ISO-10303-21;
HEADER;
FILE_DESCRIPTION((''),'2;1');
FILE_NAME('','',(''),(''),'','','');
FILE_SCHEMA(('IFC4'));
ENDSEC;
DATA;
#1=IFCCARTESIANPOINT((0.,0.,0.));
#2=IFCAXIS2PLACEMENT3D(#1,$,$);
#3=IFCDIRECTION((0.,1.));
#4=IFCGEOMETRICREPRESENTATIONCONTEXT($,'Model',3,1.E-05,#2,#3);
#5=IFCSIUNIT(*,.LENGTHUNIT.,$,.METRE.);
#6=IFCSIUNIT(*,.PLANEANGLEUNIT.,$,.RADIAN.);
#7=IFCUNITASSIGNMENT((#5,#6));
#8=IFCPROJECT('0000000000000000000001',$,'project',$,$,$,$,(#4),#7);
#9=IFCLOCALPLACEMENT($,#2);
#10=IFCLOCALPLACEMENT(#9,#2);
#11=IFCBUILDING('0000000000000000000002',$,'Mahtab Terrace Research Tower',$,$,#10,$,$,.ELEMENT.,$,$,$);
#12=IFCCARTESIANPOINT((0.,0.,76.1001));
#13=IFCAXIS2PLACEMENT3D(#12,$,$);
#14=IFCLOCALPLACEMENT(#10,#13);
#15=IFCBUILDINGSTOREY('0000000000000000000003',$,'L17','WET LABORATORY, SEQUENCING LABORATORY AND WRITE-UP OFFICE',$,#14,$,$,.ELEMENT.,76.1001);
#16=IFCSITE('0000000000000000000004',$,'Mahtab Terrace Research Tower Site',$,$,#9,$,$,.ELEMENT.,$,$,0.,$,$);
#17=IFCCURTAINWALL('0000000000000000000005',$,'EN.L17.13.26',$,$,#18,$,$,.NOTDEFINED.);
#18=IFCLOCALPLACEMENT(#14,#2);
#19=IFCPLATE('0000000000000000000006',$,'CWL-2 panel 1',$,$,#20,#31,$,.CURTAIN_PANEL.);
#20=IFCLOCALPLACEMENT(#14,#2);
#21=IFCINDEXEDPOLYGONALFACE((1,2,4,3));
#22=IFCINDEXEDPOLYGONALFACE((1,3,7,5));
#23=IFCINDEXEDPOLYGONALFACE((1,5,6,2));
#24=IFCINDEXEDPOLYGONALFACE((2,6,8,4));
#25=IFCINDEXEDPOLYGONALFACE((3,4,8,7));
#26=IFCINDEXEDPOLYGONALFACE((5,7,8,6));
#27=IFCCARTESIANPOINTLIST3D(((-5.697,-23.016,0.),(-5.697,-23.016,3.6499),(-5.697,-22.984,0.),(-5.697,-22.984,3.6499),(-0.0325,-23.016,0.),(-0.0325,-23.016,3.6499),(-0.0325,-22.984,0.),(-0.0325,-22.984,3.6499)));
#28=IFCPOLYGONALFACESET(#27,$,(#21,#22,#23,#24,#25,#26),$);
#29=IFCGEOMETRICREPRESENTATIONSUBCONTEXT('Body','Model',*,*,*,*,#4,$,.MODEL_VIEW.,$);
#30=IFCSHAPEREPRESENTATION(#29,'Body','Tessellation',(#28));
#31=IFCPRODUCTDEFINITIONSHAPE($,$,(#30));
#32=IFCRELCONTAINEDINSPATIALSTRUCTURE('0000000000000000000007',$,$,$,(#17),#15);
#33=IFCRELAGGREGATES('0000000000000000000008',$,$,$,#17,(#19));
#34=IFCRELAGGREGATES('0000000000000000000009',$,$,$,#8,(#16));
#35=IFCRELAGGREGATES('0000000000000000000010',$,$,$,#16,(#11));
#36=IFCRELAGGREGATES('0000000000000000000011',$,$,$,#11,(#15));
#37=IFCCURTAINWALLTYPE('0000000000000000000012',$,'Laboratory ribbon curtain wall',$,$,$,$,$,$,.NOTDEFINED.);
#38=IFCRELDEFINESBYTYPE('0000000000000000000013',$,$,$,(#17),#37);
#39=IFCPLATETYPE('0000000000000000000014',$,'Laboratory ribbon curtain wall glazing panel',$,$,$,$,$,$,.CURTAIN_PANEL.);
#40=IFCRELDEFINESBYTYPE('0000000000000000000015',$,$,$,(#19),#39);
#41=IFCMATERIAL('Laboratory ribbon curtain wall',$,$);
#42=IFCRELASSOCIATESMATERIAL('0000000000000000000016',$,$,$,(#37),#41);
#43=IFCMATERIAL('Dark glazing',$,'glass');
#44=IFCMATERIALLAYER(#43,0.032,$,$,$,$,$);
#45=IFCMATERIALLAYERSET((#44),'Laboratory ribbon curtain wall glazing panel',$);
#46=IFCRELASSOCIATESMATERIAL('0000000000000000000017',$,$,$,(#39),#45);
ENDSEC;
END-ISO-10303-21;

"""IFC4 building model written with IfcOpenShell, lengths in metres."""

from ifc_helpers import new_model, si_unit, direction, frame, origin, origin_2d, place, context, subcontext, project, spatial, rectangle, extrude, material, layer, layer_set, type_object, element, aggregate, save


model = new_model("IFC4")

# Units and contexts
model_context = context("Model", 3, precision=1e-05, world=origin(), true_north=direction((0.0, 1.0)))
body_context = subcontext(model_context, "Body", "Model", "MODEL_VIEW")
ifc_project = project(units=[si_unit("LENGTHUNIT", "METRE"), si_unit("PLANEANGLEUNIT", "RADIAN")], contexts=[model_context])

# Site, building, storey
site_placement = place(None, origin())
site = spatial("IfcSite", under=ifc_project, at=site_placement, Name="Mahtab Terrace Research Tower Site", CompositionType="ELEMENT", RefElevation=0.0)
building_placement = place(site_placement, origin())
building = spatial("IfcBuilding", under=site, at=building_placement, Name="Mahtab Terrace Research Tower", CompositionType="ELEMENT")
storey_placement = place(building_placement, frame((0.0, 0.0, 76.1001)))
storey = spatial("IfcBuildingStorey", under=building, at=storey_placement, Name="L17", Description="WET LABORATORY, SEQUENCING LABORATORY AND WRITE-UP OFFICE", CompositionType="ELEMENT", Elevation=76.1001)

# Shared definitions
ifc_material_1 = material(Name="Laboratory ribbon curtain wall")
curtain_wall_type = type_object("IfcCurtainWallType", Name="Laboratory ribbon curtain wall", PredefinedType="NOTDEFINED", material=ifc_material_1)

# Curtain wall
curtain_wall_1_placement = place(storey_placement, origin())
curtain_wall_1 = element("IfcCurtainWall", 1, at=curtain_wall_1_placement, inside=storey, type_object=curtain_wall_type, Name="EN.L17.13.26", PredefinedType="NOTDEFINED")

# Plate
ifc_material_2 = material(Name="Dark glazing", Category="glass")
ifc_layer = layer(ifc_material_2, 0.032)
ifc_layer_set = layer_set([ifc_layer], Name="Laboratory ribbon curtain wall glazing panel")
plate_type = type_object("IfcPlateType", Name="Laboratory ribbon curtain wall glazing panel", PredefinedType="CURTAIN_PANEL", material=ifc_layer_set)
plate_1_placement = place(storey_placement, frame((-2.8647, -23.0, 0.0), z_axis=(0.0, 0.0, 1.0), x_axis=(1.0, 0.0, 0.0)))
plate_1 = element("IfcPlate", 2, at=plate_1_placement, type_object=plate_type, Name="CWL-2 panel 1", PredefinedType="CURTAIN_PANEL", context=body_context, shape_type="SweptSolid", body=[
    extrude(rectangle(XDim=5.6646, YDim=0.032, at=origin_2d()), origin(), (0.0, 0.0, 1.0), 3.6499),
])
aggregate(curtain_wall_1, [plate_1])

save(model, "model.ifc")
